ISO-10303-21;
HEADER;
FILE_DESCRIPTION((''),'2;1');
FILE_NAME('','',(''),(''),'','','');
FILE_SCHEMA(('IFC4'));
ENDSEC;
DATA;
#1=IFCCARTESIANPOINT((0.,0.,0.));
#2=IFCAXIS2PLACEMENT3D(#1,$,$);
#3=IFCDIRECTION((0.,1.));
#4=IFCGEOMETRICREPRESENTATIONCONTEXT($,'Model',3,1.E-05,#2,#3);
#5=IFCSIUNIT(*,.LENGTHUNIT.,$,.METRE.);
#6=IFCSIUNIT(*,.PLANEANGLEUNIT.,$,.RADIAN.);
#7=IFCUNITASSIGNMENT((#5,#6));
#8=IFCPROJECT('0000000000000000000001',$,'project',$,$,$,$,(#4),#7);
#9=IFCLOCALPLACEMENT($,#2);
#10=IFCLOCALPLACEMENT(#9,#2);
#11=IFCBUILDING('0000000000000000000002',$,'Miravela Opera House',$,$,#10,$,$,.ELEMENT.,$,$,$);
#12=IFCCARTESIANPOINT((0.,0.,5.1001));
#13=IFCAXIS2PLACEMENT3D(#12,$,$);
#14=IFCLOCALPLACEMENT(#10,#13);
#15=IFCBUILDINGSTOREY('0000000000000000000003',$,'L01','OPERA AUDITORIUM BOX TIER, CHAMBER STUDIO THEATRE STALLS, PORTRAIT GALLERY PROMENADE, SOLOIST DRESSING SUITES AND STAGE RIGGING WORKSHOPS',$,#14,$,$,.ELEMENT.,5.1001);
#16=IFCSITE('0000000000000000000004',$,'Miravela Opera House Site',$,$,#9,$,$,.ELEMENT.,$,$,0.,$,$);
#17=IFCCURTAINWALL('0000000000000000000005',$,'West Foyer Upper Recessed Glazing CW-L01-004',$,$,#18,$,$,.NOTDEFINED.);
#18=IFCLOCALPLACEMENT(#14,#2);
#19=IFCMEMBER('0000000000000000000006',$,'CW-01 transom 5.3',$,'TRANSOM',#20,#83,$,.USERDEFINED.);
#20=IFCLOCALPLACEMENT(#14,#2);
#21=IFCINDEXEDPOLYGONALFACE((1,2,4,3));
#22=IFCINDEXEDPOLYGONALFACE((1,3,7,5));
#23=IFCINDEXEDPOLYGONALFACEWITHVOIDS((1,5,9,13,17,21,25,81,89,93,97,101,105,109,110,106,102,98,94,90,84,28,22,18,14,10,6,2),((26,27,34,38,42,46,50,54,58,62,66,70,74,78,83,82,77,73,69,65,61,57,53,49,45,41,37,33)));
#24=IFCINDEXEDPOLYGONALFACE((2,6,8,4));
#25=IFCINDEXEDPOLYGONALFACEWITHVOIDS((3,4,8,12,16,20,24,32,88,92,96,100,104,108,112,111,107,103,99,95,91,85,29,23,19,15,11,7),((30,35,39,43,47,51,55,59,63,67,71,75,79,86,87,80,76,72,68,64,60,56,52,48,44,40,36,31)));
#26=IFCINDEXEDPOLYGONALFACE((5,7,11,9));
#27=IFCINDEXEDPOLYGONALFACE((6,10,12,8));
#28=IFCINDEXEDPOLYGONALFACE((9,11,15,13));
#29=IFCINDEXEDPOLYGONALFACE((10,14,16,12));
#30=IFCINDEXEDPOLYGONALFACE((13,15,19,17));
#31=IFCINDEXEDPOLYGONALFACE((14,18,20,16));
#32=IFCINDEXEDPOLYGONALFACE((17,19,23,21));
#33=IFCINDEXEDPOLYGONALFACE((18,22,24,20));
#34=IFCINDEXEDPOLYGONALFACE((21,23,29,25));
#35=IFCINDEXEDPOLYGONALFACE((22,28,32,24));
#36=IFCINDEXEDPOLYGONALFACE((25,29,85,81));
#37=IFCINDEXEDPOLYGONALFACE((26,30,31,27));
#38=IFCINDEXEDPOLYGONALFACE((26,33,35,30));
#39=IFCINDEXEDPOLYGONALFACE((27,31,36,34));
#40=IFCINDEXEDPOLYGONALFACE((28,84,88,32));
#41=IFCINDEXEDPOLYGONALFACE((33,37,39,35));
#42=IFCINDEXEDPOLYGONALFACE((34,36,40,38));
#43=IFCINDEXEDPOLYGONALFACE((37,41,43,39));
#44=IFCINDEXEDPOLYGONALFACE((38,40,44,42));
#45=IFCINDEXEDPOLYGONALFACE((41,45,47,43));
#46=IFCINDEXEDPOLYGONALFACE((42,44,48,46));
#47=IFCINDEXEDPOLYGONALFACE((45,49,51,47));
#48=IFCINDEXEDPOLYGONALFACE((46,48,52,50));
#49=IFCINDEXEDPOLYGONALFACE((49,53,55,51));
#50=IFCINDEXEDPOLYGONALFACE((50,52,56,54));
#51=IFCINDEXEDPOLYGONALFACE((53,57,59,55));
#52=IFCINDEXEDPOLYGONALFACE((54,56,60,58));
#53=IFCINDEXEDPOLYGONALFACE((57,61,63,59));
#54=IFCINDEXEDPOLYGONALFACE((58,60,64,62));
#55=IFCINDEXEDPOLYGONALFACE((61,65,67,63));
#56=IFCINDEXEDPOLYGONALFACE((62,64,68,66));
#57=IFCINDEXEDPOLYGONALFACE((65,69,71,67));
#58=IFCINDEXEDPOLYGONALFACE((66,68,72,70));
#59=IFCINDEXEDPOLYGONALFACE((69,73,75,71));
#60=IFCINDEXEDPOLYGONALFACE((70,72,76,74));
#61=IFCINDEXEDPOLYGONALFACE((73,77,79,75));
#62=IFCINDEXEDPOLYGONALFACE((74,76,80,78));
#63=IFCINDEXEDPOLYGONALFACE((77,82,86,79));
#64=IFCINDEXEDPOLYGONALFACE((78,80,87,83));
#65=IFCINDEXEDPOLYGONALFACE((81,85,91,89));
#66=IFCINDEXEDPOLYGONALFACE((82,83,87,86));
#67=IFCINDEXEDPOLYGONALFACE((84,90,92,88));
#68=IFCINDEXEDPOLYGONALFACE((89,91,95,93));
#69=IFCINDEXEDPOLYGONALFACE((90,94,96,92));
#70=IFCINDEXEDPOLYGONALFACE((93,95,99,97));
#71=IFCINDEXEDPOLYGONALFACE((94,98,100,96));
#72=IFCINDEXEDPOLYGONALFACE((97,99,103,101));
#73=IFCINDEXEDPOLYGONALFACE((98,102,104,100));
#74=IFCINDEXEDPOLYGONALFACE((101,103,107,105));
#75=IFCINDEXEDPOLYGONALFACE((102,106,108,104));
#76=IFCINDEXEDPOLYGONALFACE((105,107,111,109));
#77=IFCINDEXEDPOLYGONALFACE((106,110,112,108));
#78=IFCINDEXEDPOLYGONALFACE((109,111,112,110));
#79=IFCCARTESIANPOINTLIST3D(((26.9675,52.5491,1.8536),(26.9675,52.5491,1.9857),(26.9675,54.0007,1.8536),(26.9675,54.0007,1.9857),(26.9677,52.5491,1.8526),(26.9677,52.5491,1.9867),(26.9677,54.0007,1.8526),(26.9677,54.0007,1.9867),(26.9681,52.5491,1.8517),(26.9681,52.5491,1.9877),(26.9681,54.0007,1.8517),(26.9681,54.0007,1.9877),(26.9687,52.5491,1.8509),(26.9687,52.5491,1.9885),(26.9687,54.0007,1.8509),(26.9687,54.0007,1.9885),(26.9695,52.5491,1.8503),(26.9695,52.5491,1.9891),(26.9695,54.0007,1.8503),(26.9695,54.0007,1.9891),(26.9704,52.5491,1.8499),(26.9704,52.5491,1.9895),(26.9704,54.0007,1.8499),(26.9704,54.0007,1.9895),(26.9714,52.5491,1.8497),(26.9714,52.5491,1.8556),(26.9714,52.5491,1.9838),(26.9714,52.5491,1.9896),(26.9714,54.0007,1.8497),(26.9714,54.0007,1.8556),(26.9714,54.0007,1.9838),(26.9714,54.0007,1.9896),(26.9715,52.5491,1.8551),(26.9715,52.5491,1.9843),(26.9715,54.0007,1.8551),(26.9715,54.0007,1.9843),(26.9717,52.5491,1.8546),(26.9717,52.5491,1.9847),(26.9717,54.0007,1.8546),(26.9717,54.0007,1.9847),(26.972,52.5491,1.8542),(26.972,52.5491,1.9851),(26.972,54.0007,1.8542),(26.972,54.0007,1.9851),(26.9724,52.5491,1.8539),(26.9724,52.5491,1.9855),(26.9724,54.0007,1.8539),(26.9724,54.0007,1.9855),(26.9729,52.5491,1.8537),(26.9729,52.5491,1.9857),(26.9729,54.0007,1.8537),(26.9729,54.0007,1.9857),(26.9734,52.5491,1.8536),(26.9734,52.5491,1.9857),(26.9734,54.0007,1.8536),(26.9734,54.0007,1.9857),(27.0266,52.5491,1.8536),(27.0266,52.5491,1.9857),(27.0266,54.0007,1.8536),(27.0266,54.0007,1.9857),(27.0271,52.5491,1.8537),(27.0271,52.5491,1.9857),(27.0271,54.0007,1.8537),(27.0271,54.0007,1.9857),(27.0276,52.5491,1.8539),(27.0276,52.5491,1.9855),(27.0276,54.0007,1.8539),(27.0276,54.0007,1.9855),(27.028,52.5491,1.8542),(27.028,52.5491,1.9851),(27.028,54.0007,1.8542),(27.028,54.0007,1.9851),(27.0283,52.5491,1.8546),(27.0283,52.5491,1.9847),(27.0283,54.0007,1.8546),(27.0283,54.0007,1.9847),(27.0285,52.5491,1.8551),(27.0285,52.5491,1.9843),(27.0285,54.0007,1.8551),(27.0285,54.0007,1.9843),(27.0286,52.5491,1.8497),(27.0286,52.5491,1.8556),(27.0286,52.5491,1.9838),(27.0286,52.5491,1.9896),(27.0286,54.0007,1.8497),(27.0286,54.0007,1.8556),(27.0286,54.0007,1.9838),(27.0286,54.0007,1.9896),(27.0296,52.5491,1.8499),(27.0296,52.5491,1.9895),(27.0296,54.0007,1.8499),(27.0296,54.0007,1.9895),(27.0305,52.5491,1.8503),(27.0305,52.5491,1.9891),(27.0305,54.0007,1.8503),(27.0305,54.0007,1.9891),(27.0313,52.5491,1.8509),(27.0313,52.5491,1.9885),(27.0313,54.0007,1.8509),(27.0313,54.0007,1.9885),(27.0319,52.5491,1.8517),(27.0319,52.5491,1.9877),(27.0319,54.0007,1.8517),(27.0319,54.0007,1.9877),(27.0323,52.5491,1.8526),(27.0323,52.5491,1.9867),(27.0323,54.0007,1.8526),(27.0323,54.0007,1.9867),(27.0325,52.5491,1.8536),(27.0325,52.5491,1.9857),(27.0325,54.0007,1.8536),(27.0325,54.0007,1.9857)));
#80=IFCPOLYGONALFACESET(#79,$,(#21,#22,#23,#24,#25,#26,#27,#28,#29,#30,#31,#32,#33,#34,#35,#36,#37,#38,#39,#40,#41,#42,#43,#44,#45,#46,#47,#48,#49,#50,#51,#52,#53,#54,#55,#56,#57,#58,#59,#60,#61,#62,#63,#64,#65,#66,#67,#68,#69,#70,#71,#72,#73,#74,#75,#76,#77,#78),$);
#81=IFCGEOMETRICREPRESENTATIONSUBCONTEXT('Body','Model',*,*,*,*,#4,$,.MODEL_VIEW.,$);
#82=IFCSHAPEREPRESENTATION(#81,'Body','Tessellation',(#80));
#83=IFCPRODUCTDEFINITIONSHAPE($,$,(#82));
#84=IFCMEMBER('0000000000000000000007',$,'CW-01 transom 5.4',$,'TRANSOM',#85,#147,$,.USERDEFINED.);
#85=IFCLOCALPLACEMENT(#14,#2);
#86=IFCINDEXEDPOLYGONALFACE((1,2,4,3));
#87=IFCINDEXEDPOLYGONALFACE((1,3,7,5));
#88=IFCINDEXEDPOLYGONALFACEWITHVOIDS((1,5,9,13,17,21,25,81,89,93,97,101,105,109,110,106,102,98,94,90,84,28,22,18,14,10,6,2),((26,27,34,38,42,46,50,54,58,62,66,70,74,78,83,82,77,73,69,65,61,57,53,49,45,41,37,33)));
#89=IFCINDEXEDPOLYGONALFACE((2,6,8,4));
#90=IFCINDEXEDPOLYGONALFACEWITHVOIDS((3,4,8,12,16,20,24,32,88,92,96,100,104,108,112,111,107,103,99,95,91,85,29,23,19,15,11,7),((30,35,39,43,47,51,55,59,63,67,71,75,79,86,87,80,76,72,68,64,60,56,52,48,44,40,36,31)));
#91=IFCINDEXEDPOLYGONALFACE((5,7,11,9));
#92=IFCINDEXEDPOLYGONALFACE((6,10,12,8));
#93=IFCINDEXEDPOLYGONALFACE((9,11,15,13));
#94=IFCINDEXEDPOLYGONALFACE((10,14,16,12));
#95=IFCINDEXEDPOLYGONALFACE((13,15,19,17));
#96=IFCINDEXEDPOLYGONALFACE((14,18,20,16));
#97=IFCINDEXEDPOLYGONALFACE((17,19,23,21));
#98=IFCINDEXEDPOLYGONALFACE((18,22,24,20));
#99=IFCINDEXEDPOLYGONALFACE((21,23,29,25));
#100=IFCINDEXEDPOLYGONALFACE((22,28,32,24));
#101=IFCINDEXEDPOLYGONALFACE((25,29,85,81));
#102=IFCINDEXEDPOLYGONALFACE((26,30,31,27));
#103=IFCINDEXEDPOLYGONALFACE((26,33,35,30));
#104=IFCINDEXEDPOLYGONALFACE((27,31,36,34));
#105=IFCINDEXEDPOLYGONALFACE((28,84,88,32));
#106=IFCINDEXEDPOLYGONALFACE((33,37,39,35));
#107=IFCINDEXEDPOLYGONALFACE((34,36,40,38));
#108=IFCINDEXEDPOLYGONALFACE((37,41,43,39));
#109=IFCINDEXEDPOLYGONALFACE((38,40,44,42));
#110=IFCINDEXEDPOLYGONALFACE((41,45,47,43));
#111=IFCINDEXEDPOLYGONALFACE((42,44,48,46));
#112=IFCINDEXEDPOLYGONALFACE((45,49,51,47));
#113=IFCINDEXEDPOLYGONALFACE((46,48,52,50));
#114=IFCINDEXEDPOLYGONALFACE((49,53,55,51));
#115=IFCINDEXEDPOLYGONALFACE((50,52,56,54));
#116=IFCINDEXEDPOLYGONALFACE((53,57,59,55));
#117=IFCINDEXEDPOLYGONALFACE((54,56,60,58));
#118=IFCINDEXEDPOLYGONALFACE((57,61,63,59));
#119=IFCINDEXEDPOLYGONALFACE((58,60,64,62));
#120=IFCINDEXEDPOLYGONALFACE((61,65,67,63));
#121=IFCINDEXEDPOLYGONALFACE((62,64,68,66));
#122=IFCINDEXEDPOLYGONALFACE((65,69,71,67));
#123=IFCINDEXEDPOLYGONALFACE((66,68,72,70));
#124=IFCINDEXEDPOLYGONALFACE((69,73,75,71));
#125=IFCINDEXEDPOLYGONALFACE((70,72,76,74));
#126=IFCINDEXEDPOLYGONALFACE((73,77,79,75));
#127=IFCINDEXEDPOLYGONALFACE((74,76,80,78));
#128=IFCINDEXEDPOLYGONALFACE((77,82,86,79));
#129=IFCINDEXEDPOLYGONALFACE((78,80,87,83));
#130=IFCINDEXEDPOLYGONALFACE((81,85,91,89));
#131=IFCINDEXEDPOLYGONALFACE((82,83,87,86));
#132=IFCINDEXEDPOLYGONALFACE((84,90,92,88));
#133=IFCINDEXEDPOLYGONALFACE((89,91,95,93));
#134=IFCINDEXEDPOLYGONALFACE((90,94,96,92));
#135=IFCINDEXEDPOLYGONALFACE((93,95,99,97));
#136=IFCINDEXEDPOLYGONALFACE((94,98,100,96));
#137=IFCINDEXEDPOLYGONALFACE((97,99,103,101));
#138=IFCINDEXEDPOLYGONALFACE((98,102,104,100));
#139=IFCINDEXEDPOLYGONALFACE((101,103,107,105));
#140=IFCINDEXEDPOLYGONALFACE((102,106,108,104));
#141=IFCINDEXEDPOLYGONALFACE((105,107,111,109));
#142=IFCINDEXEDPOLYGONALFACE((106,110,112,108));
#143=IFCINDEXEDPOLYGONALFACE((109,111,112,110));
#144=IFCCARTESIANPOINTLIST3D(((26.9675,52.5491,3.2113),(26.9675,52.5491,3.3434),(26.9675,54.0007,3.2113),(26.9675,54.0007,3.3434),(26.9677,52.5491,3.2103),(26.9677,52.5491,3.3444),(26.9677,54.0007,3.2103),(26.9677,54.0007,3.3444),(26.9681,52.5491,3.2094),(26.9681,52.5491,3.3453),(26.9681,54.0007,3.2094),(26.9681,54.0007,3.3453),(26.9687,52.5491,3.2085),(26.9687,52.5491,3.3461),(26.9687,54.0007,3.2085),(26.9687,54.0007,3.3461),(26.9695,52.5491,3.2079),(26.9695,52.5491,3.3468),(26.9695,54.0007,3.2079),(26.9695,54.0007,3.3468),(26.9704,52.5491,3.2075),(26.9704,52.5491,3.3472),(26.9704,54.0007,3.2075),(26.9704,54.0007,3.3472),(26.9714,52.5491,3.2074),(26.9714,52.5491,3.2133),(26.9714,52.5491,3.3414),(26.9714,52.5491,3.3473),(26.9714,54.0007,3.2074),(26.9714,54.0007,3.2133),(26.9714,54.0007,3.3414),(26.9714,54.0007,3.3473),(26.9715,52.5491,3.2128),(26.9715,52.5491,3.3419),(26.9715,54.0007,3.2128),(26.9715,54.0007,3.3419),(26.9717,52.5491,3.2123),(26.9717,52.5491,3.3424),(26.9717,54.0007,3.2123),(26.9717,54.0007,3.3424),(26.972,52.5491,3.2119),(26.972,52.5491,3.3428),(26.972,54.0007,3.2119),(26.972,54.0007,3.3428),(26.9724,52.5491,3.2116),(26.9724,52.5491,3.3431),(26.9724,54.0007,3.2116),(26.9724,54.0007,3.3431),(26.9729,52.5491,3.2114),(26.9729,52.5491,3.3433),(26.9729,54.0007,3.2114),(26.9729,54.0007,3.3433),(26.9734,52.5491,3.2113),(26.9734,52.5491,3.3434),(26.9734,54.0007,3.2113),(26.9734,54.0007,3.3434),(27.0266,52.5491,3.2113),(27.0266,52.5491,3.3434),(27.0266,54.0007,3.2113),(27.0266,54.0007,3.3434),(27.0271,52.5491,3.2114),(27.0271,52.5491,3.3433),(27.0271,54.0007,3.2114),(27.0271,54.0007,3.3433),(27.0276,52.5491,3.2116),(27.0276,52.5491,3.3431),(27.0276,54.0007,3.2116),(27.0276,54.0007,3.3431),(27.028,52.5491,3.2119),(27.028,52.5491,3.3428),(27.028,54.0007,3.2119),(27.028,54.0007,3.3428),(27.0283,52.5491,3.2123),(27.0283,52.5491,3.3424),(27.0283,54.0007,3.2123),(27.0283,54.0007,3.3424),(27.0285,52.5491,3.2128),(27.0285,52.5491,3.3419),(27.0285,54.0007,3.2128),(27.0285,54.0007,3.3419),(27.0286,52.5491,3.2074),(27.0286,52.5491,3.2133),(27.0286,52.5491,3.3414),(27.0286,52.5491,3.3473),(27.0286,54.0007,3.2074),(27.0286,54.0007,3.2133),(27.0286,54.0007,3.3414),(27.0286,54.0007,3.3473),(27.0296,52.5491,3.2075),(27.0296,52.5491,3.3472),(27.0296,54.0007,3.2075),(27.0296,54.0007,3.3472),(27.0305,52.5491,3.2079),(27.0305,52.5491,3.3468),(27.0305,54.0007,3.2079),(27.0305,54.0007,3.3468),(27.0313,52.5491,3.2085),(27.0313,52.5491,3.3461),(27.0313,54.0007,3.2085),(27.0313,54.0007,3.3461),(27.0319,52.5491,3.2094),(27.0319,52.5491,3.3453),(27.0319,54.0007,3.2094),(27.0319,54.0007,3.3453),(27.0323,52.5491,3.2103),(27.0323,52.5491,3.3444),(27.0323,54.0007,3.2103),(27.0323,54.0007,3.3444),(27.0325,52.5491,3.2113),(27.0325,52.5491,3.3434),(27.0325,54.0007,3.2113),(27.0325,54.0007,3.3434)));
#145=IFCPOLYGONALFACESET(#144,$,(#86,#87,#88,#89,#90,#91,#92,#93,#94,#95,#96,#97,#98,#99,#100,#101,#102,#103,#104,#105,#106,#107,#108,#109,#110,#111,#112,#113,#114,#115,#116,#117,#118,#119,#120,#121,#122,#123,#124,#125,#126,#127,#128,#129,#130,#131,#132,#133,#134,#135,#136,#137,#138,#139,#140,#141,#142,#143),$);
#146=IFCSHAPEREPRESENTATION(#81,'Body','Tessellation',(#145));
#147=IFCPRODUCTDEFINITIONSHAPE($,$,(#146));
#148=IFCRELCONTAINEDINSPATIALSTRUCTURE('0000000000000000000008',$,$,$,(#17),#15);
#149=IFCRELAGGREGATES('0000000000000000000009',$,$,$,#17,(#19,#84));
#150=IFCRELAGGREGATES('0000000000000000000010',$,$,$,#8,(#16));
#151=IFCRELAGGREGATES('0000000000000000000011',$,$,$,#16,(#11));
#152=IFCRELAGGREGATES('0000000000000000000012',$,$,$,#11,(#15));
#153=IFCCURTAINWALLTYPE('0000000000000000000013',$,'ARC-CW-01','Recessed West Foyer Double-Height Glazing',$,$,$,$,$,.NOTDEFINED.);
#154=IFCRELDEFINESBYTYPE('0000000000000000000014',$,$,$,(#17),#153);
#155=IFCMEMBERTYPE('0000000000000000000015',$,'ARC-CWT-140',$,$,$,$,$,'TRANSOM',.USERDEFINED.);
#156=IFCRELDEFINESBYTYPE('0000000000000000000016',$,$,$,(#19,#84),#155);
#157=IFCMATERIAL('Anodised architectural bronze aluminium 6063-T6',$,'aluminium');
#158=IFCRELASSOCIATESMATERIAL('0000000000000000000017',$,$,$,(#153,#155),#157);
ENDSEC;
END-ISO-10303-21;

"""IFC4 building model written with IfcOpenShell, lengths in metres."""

from ifc_helpers import new_model, si_unit, direction, frame, origin, origin_2d, place, context, subcontext, project, spatial, hollow_rectangle, extrude, material, material_profile, profile_set, type_object, element, aggregate, save


model = new_model("IFC4")

# Units and contexts
model_context = context("Model", 3, precision=1e-05, world=origin(), true_north=direction((0.0, 1.0)))
body_context = subcontext(model_context, "Body", "Model", "MODEL_VIEW")
ifc_project = project(units=[si_unit("LENGTHUNIT", "METRE"), si_unit("PLANEANGLEUNIT", "RADIAN")], contexts=[model_context])

# Site, building, storey
site_placement = place(None, origin())
site = spatial("IfcSite", under=ifc_project, at=site_placement, Name="Miravela Opera House Site", CompositionType="ELEMENT", RefElevation=0.0)
building_placement = place(site_placement, origin())
building = spatial("IfcBuilding", under=site, at=building_placement, Name="Miravela Opera House", CompositionType="ELEMENT")
storey_placement = place(building_placement, frame((0.0, 0.0, 5.1001)))
storey = spatial("IfcBuildingStorey", under=building, at=storey_placement, Name="L01", Description="OPERA AUDITORIUM BOX TIER, CHAMBER STUDIO THEATRE STALLS, PORTRAIT GALLERY PROMENADE, SOLOIST DRESSING SUITES AND STAGE RIGGING WORKSHOPS", CompositionType="ELEMENT", Elevation=5.1001)

# Curtain wall
ifc_material_1 = material(Name="Anodised architectural bronze aluminium 6063-T6", Category="aluminium")
curtain_wall_type = type_object("IfcCurtainWallType", Name="ARC-CW-01", Description="Recessed West Foyer Double-Height Glazing", PredefinedType="NOTDEFINED", material=ifc_material_1)
curtain_wall_1_placement = place(storey_placement, origin())
curtain_wall_1 = element("IfcCurtainWall", 1, at=curtain_wall_1_placement, inside=storey, type_object=curtain_wall_type, Name="West Foyer Upper Recessed Glazing CW-L01-004", PredefinedType="NOTDEFINED")

# Members
ifc_material_profile_1 = material_profile(ifc_material_1, hollow_rectangle(XDim=0.0649, YDim=0.1399, WallThickness=0.0039, InnerFilletRadius=0.002, OuterFilletRadius=0.0039, at=origin_2d()), Name="CWT-65X140")
ifc_profile_set_1 = profile_set([ifc_material_profile_1])
member_type_1 = type_object("IfcMemberType", Name="ARC-CWT-140", ElementType="TRANSOM", PredefinedType="USERDEFINED", material=ifc_profile_set_1)
member_1_placement = place(storey_placement, frame((27.0, 52.5491, 1.9197), z_axis=(0.0, 1.0, 0.0), x_axis=(-1.0, 0.0, 0.0)))
member_1 = element("IfcMember", 2, at=member_1_placement, type_object=member_type_1, Name="CW-01 transom 5.3", ObjectType="TRANSOM", PredefinedType="USERDEFINED", context=body_context, shape_type="SweptSolid", body=[
    extrude(hollow_rectangle(XDim=0.0649, YDim=0.1399, WallThickness=0.0039, InnerFilletRadius=0.002, OuterFilletRadius=0.0039, at=origin_2d()), origin(), (0.0, 0.0, 1.0), 1.4517),
])
member_2_placement = place(storey_placement, frame((27.0, 52.5491, 3.2773), z_axis=(0.0, 1.0, 0.0), x_axis=(-1.0, 0.0, 0.0)))
member_2 = element("IfcMember", 3, at=member_2_placement, type_object=member_type_1, Name="CW-01 transom 5.4", ObjectType="TRANSOM", PredefinedType="USERDEFINED", context=body_context, shape_type="SweptSolid", body=[
    extrude(hollow_rectangle(XDim=0.0649, YDim=0.1399, WallThickness=0.0039, InnerFilletRadius=0.002, OuterFilletRadius=0.0039, at=origin_2d()), origin(), (0.0, 0.0, 1.0), 1.4517),
])

aggregate(curtain_wall_1, [member_1, member_2])

save(model, "model.ifc")
